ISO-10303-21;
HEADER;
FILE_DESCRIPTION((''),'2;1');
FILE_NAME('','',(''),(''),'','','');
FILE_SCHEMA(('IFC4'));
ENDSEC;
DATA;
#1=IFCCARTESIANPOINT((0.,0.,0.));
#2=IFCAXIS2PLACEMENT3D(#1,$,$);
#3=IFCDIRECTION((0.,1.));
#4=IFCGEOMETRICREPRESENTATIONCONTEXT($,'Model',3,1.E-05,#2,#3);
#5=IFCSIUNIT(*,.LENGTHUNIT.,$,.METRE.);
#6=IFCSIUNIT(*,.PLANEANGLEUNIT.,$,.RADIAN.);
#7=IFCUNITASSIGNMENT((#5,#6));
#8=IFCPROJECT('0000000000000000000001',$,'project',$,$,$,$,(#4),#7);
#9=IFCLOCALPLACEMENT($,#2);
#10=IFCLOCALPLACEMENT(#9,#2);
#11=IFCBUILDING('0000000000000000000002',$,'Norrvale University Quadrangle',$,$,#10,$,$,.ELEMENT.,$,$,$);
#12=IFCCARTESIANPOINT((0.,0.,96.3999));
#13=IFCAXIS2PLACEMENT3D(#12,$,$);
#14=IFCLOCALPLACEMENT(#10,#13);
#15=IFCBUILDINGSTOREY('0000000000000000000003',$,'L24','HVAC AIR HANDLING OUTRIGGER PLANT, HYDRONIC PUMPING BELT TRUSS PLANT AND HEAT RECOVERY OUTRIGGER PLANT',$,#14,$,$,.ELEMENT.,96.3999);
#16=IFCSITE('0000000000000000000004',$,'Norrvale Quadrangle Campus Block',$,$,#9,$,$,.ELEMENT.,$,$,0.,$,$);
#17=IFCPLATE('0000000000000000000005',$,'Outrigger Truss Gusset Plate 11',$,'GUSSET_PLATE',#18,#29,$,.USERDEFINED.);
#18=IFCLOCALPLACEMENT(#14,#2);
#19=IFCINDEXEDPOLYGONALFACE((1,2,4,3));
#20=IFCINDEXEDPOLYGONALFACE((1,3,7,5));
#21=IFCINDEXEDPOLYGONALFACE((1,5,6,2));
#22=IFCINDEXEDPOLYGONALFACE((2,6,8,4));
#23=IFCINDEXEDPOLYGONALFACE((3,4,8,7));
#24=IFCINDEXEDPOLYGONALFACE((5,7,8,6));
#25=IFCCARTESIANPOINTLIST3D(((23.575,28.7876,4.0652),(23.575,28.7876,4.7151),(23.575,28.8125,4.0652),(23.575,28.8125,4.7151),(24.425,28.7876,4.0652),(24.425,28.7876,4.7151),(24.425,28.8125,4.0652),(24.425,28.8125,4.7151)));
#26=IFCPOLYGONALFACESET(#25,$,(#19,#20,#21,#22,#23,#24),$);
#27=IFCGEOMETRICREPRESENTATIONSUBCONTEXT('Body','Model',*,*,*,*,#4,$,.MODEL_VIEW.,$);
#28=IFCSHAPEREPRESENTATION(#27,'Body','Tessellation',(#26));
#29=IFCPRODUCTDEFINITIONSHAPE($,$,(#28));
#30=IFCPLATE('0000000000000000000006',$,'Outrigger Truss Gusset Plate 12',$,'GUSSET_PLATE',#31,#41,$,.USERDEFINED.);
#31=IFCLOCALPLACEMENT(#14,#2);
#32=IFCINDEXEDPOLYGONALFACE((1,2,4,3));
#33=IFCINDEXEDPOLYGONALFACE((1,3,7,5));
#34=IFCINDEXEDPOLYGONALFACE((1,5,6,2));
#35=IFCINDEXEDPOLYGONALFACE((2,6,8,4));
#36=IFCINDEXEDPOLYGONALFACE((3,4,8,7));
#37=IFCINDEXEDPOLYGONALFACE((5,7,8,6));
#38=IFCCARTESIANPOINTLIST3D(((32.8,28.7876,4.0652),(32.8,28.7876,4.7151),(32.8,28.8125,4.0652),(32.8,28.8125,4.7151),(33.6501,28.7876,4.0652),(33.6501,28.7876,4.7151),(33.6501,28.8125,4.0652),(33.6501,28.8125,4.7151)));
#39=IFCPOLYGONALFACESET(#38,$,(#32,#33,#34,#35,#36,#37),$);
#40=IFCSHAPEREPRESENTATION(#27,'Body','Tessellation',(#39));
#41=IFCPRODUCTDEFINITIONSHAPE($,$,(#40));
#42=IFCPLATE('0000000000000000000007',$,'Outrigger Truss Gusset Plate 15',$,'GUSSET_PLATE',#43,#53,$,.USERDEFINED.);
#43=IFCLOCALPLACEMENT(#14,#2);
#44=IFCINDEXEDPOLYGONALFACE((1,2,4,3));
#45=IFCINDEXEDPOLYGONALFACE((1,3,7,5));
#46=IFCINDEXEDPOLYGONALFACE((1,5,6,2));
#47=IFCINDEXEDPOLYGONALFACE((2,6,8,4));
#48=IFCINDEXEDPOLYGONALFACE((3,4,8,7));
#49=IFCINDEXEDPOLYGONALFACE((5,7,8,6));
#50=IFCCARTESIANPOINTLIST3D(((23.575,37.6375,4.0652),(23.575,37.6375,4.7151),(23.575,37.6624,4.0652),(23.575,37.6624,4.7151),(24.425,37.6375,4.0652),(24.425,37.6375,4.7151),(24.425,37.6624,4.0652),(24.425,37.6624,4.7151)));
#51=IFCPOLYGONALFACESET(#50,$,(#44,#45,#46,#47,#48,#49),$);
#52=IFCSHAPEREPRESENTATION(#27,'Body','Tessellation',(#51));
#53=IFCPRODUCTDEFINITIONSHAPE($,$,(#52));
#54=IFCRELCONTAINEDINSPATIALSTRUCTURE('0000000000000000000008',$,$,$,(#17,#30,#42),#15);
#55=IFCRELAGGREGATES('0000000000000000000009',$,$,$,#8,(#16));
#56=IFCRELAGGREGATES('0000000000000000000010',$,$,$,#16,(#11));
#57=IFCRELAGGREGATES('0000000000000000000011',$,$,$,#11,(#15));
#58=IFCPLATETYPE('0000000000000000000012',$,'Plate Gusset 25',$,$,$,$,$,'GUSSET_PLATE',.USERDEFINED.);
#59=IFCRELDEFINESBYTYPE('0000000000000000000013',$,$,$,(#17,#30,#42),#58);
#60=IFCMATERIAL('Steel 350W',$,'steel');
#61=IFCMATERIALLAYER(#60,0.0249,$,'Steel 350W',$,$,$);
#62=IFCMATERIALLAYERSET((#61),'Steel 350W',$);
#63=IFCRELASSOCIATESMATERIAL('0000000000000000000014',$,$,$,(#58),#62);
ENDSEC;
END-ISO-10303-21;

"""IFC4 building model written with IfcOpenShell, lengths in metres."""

from ifc_helpers import new_model, si_unit, direction, frame, origin, origin_2d, place, context, subcontext, project, spatial, rectangle, extrude, material, layer, layer_set, type_object, element, save


model = new_model("IFC4")

# Units and contexts
model_context = context("Model", 3, precision=1e-05, world=origin(), true_north=direction((0.0, 1.0)))
body_context = subcontext(model_context, "Body", "Model", "MODEL_VIEW")
ifc_project = project(units=[si_unit("LENGTHUNIT", "METRE"), si_unit("PLANEANGLEUNIT", "RADIAN")], contexts=[model_context])

# Site, building, storey
site_placement = place(None, origin())
site = spatial("IfcSite", under=ifc_project, at=site_placement, Name="Norrvale Quadrangle Campus Block", CompositionType="ELEMENT", RefElevation=0.0)
building_placement = place(site_placement, origin())
building = spatial("IfcBuilding", under=site, at=building_placement, Name="Norrvale University Quadrangle", CompositionType="ELEMENT")
storey_placement = place(building_placement, frame((0.0, 0.0, 96.3999)))
storey = spatial("IfcBuildingStorey", under=building, at=storey_placement, Name="L24", Description="HVAC AIR HANDLING OUTRIGGER PLANT, HYDRONIC PUMPING BELT TRUSS PLANT AND HEAT RECOVERY OUTRIGGER PLANT", CompositionType="ELEMENT", Elevation=96.3999)

# Shared definitions
ifc_material_1 = material(Name="Steel 350W", Category="steel")

# Plates
ifc_layer = layer(ifc_material_1, 0.0249, Name="Steel 350W")
ifc_layer_set = layer_set([ifc_layer], Name="Steel 350W")
plate_type = type_object("IfcPlateType", Name="Plate Gusset 25", ElementType="GUSSET_PLATE", PredefinedType="USERDEFINED", material=ifc_layer_set)
for number, where, z_axis, x_axis, name in (
    (1, (24.0, 28.8, 4.0652), (0.0, 0.0, 1.0), (1.0, 0.0, 0.0), "Outrigger Truss Gusset Plate 11"),
    (2, (33.2251, 28.8, 4.0652), (0.0, 0.0, 1.0), (1.0, 0.0, 0.0), "Outrigger Truss Gusset Plate 12"),
    (3, (24.0, 37.6499, 4.0652), (0.0, 0.0, 1.0), (1.0, 0.0, 0.0), "Outrigger Truss Gusset Plate 15"),
):
    element("IfcPlate", number, at=place(storey_placement, frame(where, z_axis=z_axis, x_axis=x_axis)), inside=storey, type_object=plate_type, Name=name, ObjectType="GUSSET_PLATE", PredefinedType="USERDEFINED", context=body_context, shape_type="SweptSolid", body=[
        extrude(rectangle(XDim=0.8501, YDim=0.0249, at=origin_2d()), origin(), (0.0, 0.0, 1.0), 0.6499),
    ])

save(model, "model.ifc")
